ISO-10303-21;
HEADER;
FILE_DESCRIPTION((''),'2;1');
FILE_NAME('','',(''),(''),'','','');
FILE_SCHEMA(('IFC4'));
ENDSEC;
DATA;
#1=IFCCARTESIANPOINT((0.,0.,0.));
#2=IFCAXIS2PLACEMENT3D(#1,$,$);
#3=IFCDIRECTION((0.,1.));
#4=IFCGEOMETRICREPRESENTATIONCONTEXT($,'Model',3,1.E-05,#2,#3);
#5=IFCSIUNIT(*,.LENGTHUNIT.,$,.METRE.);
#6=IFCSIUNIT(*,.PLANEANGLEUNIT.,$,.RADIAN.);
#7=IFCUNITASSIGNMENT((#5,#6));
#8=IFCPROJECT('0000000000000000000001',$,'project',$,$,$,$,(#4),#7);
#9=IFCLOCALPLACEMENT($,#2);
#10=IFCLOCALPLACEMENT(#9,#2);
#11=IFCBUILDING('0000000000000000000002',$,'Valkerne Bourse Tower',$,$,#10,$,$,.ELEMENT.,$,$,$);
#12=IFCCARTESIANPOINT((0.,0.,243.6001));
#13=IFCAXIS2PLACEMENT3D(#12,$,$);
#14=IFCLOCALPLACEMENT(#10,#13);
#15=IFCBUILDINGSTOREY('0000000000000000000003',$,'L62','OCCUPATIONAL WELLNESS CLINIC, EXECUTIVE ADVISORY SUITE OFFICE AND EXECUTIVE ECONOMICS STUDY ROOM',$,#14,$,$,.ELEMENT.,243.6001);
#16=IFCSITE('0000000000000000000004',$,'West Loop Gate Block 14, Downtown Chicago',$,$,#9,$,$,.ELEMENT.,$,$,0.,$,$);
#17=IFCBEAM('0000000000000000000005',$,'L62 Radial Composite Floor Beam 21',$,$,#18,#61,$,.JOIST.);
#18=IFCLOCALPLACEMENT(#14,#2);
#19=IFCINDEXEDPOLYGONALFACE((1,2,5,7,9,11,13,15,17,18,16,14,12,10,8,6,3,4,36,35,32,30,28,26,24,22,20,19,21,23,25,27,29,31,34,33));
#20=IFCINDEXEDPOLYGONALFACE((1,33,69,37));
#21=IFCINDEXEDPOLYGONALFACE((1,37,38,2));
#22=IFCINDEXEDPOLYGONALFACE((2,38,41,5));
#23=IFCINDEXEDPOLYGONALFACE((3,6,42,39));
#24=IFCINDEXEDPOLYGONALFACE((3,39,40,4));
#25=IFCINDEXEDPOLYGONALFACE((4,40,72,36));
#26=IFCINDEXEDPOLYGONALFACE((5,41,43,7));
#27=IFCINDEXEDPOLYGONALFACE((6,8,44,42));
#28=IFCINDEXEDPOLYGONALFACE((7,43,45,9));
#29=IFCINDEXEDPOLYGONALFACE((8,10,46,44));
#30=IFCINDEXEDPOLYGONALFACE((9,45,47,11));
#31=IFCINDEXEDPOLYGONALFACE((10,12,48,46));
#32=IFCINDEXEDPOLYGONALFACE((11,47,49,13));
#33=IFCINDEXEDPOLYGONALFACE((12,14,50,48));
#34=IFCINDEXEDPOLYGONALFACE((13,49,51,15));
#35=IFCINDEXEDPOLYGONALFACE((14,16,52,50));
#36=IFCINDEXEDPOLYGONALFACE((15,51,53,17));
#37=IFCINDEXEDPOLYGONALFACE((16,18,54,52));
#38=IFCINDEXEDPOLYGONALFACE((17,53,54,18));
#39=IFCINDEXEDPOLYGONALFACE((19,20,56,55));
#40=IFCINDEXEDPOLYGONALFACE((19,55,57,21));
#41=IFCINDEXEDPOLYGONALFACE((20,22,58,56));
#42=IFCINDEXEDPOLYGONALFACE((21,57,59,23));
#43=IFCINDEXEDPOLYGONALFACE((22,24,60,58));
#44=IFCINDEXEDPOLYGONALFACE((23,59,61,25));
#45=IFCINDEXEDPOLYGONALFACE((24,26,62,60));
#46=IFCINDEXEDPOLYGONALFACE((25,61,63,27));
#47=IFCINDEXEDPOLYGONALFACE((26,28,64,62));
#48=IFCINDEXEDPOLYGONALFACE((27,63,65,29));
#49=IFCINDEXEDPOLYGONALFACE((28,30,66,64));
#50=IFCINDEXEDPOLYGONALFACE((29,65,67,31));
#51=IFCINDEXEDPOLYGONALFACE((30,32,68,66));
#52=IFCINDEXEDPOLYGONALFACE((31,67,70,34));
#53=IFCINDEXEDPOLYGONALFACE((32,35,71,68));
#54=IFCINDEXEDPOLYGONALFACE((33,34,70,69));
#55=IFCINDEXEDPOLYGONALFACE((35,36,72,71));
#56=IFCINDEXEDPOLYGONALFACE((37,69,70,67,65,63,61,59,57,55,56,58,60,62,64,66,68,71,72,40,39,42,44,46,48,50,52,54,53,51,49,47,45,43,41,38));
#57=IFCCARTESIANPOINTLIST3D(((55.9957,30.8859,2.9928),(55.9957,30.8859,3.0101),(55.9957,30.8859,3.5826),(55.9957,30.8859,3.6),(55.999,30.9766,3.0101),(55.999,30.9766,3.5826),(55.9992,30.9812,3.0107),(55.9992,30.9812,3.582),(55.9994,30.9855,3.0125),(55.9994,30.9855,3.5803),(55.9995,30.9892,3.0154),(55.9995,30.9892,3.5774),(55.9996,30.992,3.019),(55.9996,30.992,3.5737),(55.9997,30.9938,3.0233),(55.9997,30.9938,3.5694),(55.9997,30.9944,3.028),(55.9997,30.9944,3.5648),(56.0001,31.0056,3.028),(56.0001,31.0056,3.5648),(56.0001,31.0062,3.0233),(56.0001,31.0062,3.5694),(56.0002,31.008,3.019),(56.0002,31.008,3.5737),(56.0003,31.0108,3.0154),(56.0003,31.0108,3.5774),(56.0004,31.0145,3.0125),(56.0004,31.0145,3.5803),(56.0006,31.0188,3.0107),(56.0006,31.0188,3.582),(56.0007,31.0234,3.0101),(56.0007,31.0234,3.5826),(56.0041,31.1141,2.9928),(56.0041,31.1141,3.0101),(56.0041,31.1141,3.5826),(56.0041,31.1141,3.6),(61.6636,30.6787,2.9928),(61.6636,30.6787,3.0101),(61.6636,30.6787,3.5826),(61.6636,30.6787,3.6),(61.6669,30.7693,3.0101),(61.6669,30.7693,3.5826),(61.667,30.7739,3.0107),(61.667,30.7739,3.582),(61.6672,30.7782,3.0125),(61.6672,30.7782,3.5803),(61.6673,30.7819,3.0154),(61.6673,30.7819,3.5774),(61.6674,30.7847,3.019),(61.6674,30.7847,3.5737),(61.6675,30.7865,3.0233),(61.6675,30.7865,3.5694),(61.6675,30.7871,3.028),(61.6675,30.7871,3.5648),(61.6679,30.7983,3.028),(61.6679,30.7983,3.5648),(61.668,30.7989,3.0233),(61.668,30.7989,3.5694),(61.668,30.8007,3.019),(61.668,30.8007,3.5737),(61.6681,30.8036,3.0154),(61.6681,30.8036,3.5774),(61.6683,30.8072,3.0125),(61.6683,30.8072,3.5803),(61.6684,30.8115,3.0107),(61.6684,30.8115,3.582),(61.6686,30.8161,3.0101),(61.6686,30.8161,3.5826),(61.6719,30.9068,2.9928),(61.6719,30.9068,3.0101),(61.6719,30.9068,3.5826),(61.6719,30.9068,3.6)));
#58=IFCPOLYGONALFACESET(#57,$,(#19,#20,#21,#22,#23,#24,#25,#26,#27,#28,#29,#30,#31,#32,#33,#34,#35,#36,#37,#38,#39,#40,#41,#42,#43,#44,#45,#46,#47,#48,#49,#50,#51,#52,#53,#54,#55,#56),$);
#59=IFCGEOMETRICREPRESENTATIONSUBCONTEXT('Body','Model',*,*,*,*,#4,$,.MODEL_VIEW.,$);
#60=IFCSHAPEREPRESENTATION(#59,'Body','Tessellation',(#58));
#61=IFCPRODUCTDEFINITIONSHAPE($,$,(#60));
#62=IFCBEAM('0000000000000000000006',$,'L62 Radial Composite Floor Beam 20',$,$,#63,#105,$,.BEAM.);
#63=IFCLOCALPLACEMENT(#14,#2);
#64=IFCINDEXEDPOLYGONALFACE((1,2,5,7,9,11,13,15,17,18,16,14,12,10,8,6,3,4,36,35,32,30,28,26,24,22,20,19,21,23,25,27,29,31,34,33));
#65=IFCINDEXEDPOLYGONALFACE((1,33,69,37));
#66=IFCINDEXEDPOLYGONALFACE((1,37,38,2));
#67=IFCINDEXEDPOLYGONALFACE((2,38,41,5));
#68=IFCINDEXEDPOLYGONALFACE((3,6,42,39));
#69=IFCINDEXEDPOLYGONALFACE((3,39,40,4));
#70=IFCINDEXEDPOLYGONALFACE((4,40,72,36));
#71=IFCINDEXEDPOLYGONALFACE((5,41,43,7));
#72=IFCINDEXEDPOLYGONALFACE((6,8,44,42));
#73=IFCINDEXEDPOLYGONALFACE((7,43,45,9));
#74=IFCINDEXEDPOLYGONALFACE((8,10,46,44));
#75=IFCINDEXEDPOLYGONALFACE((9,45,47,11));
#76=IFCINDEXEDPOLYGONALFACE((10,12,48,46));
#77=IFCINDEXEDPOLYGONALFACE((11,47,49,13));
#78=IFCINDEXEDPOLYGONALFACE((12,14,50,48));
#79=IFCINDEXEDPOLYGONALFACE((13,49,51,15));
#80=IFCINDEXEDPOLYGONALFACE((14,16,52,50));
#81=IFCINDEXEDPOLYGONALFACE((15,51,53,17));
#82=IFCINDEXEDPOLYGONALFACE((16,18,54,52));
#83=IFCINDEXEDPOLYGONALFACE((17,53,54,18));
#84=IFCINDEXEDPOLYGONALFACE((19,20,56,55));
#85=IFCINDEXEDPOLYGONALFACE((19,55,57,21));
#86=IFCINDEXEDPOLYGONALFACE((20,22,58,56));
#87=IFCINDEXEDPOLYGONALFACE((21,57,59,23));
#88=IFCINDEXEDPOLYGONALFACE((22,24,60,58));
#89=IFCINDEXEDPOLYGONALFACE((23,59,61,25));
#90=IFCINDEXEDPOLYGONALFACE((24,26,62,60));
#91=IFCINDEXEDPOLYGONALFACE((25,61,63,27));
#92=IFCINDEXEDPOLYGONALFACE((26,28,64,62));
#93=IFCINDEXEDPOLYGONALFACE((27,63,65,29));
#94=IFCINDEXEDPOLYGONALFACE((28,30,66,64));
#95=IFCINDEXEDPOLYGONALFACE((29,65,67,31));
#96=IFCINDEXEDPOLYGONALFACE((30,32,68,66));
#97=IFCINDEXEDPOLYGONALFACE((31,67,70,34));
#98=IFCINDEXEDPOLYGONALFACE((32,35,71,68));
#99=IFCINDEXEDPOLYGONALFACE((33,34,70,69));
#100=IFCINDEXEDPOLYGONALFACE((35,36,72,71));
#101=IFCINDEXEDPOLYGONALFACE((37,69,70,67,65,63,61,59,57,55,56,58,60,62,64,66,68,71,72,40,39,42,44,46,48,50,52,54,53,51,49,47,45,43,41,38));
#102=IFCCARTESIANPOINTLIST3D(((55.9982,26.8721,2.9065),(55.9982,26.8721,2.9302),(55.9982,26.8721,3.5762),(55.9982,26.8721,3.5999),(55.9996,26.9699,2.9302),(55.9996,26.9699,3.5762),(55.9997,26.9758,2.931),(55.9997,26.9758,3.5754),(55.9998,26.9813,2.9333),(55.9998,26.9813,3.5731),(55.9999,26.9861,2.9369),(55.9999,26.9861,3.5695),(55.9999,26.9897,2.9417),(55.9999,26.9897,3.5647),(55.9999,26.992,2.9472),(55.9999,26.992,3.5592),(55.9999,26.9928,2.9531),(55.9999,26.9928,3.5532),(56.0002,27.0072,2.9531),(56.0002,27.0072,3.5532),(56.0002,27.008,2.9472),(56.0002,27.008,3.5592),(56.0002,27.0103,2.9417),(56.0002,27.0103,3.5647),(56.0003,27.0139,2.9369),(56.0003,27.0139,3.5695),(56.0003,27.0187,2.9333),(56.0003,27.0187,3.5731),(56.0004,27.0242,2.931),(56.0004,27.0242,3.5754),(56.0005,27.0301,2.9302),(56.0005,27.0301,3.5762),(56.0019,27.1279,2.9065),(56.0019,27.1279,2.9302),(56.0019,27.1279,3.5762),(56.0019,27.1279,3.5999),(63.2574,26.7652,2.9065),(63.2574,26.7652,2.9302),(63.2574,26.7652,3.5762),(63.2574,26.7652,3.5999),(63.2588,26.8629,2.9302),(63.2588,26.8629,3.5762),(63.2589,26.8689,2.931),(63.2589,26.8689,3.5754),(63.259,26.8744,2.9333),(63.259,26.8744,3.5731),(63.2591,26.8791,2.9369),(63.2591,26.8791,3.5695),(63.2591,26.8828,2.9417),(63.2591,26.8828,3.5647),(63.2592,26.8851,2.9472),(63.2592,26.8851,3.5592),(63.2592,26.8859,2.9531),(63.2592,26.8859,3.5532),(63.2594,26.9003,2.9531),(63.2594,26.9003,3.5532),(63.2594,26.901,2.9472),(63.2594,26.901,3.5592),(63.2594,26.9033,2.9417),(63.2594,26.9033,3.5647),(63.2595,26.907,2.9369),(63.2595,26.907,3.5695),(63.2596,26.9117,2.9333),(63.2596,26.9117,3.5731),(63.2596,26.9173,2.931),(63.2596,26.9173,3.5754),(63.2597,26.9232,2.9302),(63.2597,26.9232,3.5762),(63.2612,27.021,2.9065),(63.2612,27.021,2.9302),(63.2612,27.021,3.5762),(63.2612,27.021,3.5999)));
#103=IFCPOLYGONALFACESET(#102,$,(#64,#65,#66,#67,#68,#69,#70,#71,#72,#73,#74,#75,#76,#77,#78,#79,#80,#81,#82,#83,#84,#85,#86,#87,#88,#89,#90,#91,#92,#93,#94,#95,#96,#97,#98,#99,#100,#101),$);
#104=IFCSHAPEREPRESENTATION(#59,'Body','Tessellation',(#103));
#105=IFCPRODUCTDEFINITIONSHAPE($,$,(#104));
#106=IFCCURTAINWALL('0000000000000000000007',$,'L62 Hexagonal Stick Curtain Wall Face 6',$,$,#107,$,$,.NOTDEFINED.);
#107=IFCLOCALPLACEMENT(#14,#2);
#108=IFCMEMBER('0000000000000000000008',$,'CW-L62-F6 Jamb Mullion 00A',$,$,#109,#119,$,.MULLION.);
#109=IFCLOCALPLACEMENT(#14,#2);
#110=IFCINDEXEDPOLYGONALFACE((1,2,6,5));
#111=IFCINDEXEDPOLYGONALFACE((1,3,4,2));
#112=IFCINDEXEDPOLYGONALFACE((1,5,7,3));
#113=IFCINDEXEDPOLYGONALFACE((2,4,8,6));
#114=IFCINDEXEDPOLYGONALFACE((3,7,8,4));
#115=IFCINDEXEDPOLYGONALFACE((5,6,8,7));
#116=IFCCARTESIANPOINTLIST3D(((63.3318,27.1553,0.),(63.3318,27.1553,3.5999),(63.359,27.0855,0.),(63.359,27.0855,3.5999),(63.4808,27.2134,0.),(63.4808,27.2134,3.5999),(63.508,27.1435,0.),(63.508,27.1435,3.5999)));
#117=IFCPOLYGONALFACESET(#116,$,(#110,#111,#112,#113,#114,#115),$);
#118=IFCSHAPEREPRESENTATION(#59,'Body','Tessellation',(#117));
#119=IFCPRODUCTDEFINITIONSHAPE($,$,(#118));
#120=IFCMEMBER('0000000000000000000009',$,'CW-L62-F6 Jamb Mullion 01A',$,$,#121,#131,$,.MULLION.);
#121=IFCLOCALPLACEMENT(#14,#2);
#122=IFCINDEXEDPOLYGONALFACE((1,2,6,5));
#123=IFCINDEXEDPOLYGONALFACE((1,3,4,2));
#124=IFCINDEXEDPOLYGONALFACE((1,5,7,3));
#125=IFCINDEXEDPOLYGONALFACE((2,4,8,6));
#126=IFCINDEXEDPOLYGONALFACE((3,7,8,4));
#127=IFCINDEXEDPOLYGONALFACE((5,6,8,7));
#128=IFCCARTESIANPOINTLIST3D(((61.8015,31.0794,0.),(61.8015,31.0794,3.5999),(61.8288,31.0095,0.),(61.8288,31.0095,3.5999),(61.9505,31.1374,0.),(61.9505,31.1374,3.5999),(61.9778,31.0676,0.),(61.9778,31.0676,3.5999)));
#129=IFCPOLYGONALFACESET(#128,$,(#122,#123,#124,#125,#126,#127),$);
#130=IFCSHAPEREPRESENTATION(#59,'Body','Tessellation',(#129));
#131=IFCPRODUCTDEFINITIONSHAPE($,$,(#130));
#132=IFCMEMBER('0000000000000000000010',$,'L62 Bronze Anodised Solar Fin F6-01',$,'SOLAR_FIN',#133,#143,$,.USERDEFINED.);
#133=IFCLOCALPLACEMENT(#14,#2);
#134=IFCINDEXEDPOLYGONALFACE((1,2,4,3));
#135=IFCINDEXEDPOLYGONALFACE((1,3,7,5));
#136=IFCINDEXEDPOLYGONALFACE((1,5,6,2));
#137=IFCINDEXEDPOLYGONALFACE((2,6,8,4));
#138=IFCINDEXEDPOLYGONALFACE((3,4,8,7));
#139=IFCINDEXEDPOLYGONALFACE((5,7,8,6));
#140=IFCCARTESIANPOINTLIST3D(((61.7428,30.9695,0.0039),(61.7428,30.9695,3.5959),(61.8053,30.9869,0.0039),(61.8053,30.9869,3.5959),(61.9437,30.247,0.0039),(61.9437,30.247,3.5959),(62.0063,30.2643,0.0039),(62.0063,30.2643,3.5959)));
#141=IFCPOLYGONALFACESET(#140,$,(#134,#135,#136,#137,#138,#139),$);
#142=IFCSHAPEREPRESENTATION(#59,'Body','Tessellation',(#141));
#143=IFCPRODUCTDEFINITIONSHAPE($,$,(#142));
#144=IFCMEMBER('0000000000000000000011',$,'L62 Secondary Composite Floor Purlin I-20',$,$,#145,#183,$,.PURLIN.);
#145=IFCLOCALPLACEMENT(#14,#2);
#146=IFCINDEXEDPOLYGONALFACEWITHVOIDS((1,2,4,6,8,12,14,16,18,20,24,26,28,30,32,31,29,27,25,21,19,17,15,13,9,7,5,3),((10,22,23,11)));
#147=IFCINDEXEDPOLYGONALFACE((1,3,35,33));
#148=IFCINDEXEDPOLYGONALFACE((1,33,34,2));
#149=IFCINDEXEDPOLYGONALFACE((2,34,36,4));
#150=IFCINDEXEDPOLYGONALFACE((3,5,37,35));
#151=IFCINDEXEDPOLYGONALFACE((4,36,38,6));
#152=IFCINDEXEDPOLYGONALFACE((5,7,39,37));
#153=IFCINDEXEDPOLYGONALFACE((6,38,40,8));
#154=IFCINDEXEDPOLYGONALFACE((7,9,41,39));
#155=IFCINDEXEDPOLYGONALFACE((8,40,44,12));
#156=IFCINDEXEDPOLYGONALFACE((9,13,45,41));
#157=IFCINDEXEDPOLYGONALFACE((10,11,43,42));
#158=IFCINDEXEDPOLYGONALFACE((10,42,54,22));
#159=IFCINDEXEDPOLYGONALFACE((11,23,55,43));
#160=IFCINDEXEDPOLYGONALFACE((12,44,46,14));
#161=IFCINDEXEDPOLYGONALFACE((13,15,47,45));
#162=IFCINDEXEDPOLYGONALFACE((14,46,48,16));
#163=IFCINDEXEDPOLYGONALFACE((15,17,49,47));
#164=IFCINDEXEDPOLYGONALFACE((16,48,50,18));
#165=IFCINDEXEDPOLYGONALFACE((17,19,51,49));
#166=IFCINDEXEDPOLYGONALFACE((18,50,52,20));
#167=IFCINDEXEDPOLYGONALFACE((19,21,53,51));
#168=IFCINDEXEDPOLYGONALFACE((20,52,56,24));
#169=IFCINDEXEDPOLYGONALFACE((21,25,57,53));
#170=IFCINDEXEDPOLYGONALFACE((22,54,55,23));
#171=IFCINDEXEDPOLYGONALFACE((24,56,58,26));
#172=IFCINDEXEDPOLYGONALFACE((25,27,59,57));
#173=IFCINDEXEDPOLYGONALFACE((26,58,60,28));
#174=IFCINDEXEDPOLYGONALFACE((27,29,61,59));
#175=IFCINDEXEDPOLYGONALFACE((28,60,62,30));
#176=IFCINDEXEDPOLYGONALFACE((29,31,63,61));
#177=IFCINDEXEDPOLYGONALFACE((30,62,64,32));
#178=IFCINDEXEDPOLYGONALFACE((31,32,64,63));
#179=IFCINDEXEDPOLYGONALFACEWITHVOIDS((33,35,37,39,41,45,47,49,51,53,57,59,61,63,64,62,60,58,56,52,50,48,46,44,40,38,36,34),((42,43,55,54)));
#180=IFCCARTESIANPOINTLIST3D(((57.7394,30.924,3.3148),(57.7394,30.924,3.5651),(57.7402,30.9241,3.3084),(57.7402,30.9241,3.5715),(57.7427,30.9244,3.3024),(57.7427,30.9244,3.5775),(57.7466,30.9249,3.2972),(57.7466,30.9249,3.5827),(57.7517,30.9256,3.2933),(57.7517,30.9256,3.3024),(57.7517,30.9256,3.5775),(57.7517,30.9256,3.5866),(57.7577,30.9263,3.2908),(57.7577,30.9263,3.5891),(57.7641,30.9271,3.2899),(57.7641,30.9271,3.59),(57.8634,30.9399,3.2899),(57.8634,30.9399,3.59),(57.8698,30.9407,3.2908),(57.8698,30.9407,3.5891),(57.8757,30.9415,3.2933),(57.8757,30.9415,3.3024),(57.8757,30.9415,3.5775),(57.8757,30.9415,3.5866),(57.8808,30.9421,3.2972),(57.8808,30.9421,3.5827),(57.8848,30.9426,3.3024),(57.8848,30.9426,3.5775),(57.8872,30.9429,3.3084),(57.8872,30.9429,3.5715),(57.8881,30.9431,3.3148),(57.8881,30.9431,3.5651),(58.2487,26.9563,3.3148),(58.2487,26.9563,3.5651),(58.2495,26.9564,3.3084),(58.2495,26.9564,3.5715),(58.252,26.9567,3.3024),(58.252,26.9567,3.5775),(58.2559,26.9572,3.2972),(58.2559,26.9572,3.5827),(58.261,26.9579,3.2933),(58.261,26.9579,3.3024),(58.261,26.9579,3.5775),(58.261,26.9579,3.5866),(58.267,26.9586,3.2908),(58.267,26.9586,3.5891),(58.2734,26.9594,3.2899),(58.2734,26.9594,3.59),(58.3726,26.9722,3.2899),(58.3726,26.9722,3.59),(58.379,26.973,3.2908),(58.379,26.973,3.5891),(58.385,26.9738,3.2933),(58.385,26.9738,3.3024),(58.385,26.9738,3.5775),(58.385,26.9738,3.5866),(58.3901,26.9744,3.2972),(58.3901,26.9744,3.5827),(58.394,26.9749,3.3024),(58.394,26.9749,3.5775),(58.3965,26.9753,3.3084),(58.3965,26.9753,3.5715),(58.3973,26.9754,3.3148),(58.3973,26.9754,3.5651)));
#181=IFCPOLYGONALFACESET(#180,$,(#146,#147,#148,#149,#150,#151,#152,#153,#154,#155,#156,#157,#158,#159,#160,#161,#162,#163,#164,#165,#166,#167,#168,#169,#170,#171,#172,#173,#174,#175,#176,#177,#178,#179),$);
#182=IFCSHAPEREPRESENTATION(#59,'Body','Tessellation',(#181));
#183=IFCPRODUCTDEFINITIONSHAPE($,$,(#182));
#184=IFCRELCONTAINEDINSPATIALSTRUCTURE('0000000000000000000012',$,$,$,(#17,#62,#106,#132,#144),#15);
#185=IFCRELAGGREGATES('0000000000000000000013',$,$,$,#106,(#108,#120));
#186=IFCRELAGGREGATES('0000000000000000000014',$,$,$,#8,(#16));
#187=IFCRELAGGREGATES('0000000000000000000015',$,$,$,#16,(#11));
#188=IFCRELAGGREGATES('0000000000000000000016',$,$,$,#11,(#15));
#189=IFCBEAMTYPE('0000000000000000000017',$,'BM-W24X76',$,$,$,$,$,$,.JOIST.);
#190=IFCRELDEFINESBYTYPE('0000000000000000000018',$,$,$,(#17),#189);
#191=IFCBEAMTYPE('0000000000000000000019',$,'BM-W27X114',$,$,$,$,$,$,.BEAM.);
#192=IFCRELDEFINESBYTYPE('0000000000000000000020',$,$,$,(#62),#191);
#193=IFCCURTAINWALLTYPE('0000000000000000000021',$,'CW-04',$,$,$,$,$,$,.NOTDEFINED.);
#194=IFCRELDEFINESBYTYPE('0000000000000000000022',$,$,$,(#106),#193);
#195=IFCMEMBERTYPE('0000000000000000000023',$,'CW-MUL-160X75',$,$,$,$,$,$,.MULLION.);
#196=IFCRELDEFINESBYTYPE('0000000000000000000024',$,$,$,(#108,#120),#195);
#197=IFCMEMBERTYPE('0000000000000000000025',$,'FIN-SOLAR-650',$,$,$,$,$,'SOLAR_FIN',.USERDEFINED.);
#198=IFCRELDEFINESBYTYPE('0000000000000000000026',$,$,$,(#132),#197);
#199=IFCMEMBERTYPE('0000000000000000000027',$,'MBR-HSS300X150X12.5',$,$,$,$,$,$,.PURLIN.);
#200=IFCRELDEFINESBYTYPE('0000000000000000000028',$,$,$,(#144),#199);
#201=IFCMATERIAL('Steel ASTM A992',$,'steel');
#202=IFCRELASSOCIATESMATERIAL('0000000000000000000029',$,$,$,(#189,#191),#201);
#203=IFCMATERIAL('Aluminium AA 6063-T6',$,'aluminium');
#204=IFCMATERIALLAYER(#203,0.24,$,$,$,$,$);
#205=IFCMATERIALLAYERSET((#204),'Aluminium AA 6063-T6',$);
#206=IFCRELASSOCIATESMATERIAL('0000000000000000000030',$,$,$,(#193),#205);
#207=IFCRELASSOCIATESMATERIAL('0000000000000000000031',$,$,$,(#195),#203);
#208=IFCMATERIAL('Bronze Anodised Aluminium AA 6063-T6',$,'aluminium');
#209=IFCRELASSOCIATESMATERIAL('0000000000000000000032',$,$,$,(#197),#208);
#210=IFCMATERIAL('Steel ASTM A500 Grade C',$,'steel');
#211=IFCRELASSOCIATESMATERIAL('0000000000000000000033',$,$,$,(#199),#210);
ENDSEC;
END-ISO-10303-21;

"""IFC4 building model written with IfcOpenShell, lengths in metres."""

from ifc_helpers import new_model, si_unit, direction, frame, origin, origin_2d, place, context, subcontext, project, spatial, rectangle, hollow_rectangle, i_section, extrude, material, layer, layer_set, material_profile, profile_set, type_object, element, aggregate, save


model = new_model("IFC4")

# Units and contexts
model_context = context("Model", 3, precision=1e-05, world=origin(), true_north=direction((0.0, 1.0)))
body_context = subcontext(model_context, "Body", "Model", "MODEL_VIEW")
ifc_project = project(units=[si_unit("LENGTHUNIT", "METRE"), si_unit("PLANEANGLEUNIT", "RADIAN")], contexts=[model_context])

# Site, building, storey
site_placement = place(None, origin())
site = spatial("IfcSite", under=ifc_project, at=site_placement, Name="West Loop Gate Block 14, Downtown Chicago", CompositionType="ELEMENT", RefElevation=0.0)
building_placement = place(site_placement, origin())
building = spatial("IfcBuilding", under=site, at=building_placement, Name="Valkerne Bourse Tower", CompositionType="ELEMENT")
storey_placement = place(building_placement, frame((0.0, 0.0, 243.6001)))
storey = spatial("IfcBuildingStorey", under=building, at=storey_placement, Name="L62", Description="OCCUPATIONAL WELLNESS CLINIC, EXECUTIVE ADVISORY SUITE OFFICE AND EXECUTIVE ECONOMICS STUDY ROOM", CompositionType="ELEMENT", Elevation=243.6001)

# Beams
ifc_material_1 = material(Name="Steel ASTM A992", Category="steel")
ifc_material_profile_1 = material_profile(ifc_material_1, i_section(OverallWidth=0.2283, OverallDepth=0.6072, WebThickness=0.0112, FlangeThickness=0.0173, FilletRadius=0.0178, at=origin_2d()), Name="W24X76")
ifc_profile_set_1 = profile_set([ifc_material_profile_1], Name="Steel ASTM A992")
beam_type_1 = type_object("IfcBeamType", Name="BM-W24X76", PredefinedType="JOIST", material=ifc_profile_set_1)
beam_1_placement = place(storey_placement, frame((61.6677, 30.7927, 3.2964), z_axis=(-0.999332, 0.036547, 0.0), x_axis=(-0.036547, -0.999332, 0.0)))
element("IfcBeam", 1, at=beam_1_placement, inside=storey, type_object=beam_type_1, Name="L62 Radial Composite Floor Beam 21", PredefinedType="JOIST", context=body_context, shape_type="SweptSolid", body=[
    extrude(i_section(OverallWidth=0.2283, OverallDepth=0.6072, WebThickness=0.0112, FlangeThickness=0.0173, FilletRadius=0.0178, at=origin_2d()), origin(), (0.0, 0.0, 1.0), 5.6716),
])
ifc_material_profile_2 = material_profile(ifc_material_1, i_section(OverallWidth=0.2559, OverallDepth=0.6934, WebThickness=0.0144, FlangeThickness=0.0237, FilletRadius=0.0229, at=origin_2d()), Name="W27X114")
ifc_profile_set_2 = profile_set([ifc_material_profile_2], Name="Steel ASTM A992")
beam_type_2 = type_object("IfcBeamType", Name="BM-W27X114", PredefinedType="BEAM", material=ifc_profile_set_2)
beam_2_placement = place(storey_placement, frame((63.2593, 26.8931, 3.2532), z_axis=(-0.999892, 0.014729, 0.0), x_axis=(-0.014729, -0.999892, 0.0)))
element("IfcBeam", 2, at=beam_2_placement, inside=storey, type_object=beam_type_2, Name="L62 Radial Composite Floor Beam 20", PredefinedType="BEAM", context=body_context, shape_type="SweptSolid", body=[
    extrude(i_section(OverallWidth=0.2559, OverallDepth=0.6934, WebThickness=0.0144, FlangeThickness=0.0237, FilletRadius=0.0229, at=origin_2d()), origin(), (0.0, 0.0, 1.0), 7.26),
])

# Curtain wall, members
ifc_material_2 = material(Name="Aluminium AA 6063-T6", Category="aluminium")
ifc_layer_1 = layer(ifc_material_2, 0.24)
ifc_layer_set_1 = layer_set([ifc_layer_1], Name="Aluminium AA 6063-T6")
curtain_wall_type = type_object("IfcCurtainWallType", Name="CW-04", PredefinedType="NOTDEFINED", material=ifc_layer_set_1)
curtain_wall_placement = place(storey_placement, origin())
curtain_wall = element("IfcCurtainWall", 3, at=curtain_wall_placement, inside=storey, type_object=curtain_wall_type, Name="L62 Hexagonal Stick Curtain Wall Face 6", PredefinedType="NOTDEFINED")
ifc_material_profile_3 = material_profile(ifc_material_2, rectangle(XDim=0.075, YDim=0.1599, at=origin_2d()), Name="CWM-75X160")
ifc_profile_set_3 = profile_set([ifc_material_profile_3], Name="Aluminium AA 6063-T6")
member_type_1 = type_object("IfcMemberType", Name="CW-MUL-160X75", PredefinedType="MULLION", material=ifc_profile_set_3)
member_1_placement = place(storey_placement, frame((63.4199, 27.1494, 0.0), z_axis=(0.0, 0.0, 1.0), x_axis=(-0.363268, 0.931685, 0.0)))
member_1 = element("IfcMember", 4, at=member_1_placement, type_object=member_type_1, Name="CW-L62-F6 Jamb Mullion 00A", PredefinedType="MULLION", context=body_context, shape_type="SweptSolid", body=[
    extrude(rectangle(XDim=0.075, YDim=0.1599, at=origin_2d()), origin(), (0.0, 0.0, 1.0), 3.5999),
])
member_2_placement = place(storey_placement, frame((61.8896, 31.0735, 0.0), z_axis=(0.0, 0.0, 1.0), x_axis=(-0.363247, 0.931693, 0.0)))
member_2 = element("IfcMember", 5, at=member_2_placement, type_object=member_type_1, Name="CW-L62-F6 Jamb Mullion 01A", PredefinedType="MULLION", context=body_context, shape_type="SweptSolid", body=[
    extrude(rectangle(XDim=0.075, YDim=0.1599, at=origin_2d()), origin(), (0.0, 0.0, 1.0), 3.5999),
])

# Members
ifc_material_3 = material(Name="Bronze Anodised Aluminium AA 6063-T6", Category="aluminium")
ifc_material_profile_4 = material_profile(ifc_material_3, rectangle(XDim=0.0649, YDim=0.75, at=origin_2d()), Name="FIN-65X750")
ifc_profile_set_4 = profile_set([ifc_material_profile_4], Name="Bronze Anodised Aluminium AA 6063-T6")
member_type_2 = type_object("IfcMemberType", Name="FIN-SOLAR-650", ElementType="SOLAR_FIN", PredefinedType="USERDEFINED", material=ifc_profile_set_4)
member_3_placement = place(storey_placement, frame((61.8745, 30.6169, 0.0039), z_axis=(0.0, 0.0, 1.0), x_axis=(0.96345, 0.267887, 0.0)))
element("IfcMember", 6, at=member_3_placement, inside=storey, type_object=member_type_2, Name="L62 Bronze Anodised Solar Fin F6-01", ObjectType="SOLAR_FIN", PredefinedType="USERDEFINED", context=body_context, shape_type="SweptSolid", body=[
    extrude(rectangle(XDim=0.0649, YDim=0.75, at=origin_2d()), origin(), (0.0, 0.0, 1.0), 3.592),
])
ifc_material_4 = material(Name="Steel ASTM A500 Grade C", Category="steel")
ifc_material_profile_5 = material_profile(ifc_material_4, hollow_rectangle(XDim=0.1499, YDim=0.3, WallThickness=0.0125, OuterFilletRadius=0.0249, at=origin_2d()), Name="HSS300X150X12.5")
ifc_profile_set_5 = profile_set([ifc_material_profile_5], Name="Steel ASTM A500 Grade C")
member_type_3 = type_object("IfcMemberType", Name="MBR-HSS300X150X12.5", PredefinedType="PURLIN", material=ifc_profile_set_5)
member_4_placement = place(storey_placement, frame((58.323, 26.9658, 3.4399), z_axis=(-0.127309, 0.991863, 0.0), x_axis=(-0.991863, -0.127309, 0.0)))
element("IfcMember", 7, at=member_4_placement, inside=storey, type_object=member_type_3, Name="L62 Secondary Composite Floor Purlin I-20", PredefinedType="PURLIN", context=body_context, shape_type="SweptSolid", body=[
    extrude(hollow_rectangle(XDim=0.1499, YDim=0.3, WallThickness=0.0125, OuterFilletRadius=0.0249, at=origin_2d()), origin(), (0.0, 0.0, 1.0), 4.0002),
])

aggregate(curtain_wall, [member_1, member_2])

save(model, "model.ifc")
